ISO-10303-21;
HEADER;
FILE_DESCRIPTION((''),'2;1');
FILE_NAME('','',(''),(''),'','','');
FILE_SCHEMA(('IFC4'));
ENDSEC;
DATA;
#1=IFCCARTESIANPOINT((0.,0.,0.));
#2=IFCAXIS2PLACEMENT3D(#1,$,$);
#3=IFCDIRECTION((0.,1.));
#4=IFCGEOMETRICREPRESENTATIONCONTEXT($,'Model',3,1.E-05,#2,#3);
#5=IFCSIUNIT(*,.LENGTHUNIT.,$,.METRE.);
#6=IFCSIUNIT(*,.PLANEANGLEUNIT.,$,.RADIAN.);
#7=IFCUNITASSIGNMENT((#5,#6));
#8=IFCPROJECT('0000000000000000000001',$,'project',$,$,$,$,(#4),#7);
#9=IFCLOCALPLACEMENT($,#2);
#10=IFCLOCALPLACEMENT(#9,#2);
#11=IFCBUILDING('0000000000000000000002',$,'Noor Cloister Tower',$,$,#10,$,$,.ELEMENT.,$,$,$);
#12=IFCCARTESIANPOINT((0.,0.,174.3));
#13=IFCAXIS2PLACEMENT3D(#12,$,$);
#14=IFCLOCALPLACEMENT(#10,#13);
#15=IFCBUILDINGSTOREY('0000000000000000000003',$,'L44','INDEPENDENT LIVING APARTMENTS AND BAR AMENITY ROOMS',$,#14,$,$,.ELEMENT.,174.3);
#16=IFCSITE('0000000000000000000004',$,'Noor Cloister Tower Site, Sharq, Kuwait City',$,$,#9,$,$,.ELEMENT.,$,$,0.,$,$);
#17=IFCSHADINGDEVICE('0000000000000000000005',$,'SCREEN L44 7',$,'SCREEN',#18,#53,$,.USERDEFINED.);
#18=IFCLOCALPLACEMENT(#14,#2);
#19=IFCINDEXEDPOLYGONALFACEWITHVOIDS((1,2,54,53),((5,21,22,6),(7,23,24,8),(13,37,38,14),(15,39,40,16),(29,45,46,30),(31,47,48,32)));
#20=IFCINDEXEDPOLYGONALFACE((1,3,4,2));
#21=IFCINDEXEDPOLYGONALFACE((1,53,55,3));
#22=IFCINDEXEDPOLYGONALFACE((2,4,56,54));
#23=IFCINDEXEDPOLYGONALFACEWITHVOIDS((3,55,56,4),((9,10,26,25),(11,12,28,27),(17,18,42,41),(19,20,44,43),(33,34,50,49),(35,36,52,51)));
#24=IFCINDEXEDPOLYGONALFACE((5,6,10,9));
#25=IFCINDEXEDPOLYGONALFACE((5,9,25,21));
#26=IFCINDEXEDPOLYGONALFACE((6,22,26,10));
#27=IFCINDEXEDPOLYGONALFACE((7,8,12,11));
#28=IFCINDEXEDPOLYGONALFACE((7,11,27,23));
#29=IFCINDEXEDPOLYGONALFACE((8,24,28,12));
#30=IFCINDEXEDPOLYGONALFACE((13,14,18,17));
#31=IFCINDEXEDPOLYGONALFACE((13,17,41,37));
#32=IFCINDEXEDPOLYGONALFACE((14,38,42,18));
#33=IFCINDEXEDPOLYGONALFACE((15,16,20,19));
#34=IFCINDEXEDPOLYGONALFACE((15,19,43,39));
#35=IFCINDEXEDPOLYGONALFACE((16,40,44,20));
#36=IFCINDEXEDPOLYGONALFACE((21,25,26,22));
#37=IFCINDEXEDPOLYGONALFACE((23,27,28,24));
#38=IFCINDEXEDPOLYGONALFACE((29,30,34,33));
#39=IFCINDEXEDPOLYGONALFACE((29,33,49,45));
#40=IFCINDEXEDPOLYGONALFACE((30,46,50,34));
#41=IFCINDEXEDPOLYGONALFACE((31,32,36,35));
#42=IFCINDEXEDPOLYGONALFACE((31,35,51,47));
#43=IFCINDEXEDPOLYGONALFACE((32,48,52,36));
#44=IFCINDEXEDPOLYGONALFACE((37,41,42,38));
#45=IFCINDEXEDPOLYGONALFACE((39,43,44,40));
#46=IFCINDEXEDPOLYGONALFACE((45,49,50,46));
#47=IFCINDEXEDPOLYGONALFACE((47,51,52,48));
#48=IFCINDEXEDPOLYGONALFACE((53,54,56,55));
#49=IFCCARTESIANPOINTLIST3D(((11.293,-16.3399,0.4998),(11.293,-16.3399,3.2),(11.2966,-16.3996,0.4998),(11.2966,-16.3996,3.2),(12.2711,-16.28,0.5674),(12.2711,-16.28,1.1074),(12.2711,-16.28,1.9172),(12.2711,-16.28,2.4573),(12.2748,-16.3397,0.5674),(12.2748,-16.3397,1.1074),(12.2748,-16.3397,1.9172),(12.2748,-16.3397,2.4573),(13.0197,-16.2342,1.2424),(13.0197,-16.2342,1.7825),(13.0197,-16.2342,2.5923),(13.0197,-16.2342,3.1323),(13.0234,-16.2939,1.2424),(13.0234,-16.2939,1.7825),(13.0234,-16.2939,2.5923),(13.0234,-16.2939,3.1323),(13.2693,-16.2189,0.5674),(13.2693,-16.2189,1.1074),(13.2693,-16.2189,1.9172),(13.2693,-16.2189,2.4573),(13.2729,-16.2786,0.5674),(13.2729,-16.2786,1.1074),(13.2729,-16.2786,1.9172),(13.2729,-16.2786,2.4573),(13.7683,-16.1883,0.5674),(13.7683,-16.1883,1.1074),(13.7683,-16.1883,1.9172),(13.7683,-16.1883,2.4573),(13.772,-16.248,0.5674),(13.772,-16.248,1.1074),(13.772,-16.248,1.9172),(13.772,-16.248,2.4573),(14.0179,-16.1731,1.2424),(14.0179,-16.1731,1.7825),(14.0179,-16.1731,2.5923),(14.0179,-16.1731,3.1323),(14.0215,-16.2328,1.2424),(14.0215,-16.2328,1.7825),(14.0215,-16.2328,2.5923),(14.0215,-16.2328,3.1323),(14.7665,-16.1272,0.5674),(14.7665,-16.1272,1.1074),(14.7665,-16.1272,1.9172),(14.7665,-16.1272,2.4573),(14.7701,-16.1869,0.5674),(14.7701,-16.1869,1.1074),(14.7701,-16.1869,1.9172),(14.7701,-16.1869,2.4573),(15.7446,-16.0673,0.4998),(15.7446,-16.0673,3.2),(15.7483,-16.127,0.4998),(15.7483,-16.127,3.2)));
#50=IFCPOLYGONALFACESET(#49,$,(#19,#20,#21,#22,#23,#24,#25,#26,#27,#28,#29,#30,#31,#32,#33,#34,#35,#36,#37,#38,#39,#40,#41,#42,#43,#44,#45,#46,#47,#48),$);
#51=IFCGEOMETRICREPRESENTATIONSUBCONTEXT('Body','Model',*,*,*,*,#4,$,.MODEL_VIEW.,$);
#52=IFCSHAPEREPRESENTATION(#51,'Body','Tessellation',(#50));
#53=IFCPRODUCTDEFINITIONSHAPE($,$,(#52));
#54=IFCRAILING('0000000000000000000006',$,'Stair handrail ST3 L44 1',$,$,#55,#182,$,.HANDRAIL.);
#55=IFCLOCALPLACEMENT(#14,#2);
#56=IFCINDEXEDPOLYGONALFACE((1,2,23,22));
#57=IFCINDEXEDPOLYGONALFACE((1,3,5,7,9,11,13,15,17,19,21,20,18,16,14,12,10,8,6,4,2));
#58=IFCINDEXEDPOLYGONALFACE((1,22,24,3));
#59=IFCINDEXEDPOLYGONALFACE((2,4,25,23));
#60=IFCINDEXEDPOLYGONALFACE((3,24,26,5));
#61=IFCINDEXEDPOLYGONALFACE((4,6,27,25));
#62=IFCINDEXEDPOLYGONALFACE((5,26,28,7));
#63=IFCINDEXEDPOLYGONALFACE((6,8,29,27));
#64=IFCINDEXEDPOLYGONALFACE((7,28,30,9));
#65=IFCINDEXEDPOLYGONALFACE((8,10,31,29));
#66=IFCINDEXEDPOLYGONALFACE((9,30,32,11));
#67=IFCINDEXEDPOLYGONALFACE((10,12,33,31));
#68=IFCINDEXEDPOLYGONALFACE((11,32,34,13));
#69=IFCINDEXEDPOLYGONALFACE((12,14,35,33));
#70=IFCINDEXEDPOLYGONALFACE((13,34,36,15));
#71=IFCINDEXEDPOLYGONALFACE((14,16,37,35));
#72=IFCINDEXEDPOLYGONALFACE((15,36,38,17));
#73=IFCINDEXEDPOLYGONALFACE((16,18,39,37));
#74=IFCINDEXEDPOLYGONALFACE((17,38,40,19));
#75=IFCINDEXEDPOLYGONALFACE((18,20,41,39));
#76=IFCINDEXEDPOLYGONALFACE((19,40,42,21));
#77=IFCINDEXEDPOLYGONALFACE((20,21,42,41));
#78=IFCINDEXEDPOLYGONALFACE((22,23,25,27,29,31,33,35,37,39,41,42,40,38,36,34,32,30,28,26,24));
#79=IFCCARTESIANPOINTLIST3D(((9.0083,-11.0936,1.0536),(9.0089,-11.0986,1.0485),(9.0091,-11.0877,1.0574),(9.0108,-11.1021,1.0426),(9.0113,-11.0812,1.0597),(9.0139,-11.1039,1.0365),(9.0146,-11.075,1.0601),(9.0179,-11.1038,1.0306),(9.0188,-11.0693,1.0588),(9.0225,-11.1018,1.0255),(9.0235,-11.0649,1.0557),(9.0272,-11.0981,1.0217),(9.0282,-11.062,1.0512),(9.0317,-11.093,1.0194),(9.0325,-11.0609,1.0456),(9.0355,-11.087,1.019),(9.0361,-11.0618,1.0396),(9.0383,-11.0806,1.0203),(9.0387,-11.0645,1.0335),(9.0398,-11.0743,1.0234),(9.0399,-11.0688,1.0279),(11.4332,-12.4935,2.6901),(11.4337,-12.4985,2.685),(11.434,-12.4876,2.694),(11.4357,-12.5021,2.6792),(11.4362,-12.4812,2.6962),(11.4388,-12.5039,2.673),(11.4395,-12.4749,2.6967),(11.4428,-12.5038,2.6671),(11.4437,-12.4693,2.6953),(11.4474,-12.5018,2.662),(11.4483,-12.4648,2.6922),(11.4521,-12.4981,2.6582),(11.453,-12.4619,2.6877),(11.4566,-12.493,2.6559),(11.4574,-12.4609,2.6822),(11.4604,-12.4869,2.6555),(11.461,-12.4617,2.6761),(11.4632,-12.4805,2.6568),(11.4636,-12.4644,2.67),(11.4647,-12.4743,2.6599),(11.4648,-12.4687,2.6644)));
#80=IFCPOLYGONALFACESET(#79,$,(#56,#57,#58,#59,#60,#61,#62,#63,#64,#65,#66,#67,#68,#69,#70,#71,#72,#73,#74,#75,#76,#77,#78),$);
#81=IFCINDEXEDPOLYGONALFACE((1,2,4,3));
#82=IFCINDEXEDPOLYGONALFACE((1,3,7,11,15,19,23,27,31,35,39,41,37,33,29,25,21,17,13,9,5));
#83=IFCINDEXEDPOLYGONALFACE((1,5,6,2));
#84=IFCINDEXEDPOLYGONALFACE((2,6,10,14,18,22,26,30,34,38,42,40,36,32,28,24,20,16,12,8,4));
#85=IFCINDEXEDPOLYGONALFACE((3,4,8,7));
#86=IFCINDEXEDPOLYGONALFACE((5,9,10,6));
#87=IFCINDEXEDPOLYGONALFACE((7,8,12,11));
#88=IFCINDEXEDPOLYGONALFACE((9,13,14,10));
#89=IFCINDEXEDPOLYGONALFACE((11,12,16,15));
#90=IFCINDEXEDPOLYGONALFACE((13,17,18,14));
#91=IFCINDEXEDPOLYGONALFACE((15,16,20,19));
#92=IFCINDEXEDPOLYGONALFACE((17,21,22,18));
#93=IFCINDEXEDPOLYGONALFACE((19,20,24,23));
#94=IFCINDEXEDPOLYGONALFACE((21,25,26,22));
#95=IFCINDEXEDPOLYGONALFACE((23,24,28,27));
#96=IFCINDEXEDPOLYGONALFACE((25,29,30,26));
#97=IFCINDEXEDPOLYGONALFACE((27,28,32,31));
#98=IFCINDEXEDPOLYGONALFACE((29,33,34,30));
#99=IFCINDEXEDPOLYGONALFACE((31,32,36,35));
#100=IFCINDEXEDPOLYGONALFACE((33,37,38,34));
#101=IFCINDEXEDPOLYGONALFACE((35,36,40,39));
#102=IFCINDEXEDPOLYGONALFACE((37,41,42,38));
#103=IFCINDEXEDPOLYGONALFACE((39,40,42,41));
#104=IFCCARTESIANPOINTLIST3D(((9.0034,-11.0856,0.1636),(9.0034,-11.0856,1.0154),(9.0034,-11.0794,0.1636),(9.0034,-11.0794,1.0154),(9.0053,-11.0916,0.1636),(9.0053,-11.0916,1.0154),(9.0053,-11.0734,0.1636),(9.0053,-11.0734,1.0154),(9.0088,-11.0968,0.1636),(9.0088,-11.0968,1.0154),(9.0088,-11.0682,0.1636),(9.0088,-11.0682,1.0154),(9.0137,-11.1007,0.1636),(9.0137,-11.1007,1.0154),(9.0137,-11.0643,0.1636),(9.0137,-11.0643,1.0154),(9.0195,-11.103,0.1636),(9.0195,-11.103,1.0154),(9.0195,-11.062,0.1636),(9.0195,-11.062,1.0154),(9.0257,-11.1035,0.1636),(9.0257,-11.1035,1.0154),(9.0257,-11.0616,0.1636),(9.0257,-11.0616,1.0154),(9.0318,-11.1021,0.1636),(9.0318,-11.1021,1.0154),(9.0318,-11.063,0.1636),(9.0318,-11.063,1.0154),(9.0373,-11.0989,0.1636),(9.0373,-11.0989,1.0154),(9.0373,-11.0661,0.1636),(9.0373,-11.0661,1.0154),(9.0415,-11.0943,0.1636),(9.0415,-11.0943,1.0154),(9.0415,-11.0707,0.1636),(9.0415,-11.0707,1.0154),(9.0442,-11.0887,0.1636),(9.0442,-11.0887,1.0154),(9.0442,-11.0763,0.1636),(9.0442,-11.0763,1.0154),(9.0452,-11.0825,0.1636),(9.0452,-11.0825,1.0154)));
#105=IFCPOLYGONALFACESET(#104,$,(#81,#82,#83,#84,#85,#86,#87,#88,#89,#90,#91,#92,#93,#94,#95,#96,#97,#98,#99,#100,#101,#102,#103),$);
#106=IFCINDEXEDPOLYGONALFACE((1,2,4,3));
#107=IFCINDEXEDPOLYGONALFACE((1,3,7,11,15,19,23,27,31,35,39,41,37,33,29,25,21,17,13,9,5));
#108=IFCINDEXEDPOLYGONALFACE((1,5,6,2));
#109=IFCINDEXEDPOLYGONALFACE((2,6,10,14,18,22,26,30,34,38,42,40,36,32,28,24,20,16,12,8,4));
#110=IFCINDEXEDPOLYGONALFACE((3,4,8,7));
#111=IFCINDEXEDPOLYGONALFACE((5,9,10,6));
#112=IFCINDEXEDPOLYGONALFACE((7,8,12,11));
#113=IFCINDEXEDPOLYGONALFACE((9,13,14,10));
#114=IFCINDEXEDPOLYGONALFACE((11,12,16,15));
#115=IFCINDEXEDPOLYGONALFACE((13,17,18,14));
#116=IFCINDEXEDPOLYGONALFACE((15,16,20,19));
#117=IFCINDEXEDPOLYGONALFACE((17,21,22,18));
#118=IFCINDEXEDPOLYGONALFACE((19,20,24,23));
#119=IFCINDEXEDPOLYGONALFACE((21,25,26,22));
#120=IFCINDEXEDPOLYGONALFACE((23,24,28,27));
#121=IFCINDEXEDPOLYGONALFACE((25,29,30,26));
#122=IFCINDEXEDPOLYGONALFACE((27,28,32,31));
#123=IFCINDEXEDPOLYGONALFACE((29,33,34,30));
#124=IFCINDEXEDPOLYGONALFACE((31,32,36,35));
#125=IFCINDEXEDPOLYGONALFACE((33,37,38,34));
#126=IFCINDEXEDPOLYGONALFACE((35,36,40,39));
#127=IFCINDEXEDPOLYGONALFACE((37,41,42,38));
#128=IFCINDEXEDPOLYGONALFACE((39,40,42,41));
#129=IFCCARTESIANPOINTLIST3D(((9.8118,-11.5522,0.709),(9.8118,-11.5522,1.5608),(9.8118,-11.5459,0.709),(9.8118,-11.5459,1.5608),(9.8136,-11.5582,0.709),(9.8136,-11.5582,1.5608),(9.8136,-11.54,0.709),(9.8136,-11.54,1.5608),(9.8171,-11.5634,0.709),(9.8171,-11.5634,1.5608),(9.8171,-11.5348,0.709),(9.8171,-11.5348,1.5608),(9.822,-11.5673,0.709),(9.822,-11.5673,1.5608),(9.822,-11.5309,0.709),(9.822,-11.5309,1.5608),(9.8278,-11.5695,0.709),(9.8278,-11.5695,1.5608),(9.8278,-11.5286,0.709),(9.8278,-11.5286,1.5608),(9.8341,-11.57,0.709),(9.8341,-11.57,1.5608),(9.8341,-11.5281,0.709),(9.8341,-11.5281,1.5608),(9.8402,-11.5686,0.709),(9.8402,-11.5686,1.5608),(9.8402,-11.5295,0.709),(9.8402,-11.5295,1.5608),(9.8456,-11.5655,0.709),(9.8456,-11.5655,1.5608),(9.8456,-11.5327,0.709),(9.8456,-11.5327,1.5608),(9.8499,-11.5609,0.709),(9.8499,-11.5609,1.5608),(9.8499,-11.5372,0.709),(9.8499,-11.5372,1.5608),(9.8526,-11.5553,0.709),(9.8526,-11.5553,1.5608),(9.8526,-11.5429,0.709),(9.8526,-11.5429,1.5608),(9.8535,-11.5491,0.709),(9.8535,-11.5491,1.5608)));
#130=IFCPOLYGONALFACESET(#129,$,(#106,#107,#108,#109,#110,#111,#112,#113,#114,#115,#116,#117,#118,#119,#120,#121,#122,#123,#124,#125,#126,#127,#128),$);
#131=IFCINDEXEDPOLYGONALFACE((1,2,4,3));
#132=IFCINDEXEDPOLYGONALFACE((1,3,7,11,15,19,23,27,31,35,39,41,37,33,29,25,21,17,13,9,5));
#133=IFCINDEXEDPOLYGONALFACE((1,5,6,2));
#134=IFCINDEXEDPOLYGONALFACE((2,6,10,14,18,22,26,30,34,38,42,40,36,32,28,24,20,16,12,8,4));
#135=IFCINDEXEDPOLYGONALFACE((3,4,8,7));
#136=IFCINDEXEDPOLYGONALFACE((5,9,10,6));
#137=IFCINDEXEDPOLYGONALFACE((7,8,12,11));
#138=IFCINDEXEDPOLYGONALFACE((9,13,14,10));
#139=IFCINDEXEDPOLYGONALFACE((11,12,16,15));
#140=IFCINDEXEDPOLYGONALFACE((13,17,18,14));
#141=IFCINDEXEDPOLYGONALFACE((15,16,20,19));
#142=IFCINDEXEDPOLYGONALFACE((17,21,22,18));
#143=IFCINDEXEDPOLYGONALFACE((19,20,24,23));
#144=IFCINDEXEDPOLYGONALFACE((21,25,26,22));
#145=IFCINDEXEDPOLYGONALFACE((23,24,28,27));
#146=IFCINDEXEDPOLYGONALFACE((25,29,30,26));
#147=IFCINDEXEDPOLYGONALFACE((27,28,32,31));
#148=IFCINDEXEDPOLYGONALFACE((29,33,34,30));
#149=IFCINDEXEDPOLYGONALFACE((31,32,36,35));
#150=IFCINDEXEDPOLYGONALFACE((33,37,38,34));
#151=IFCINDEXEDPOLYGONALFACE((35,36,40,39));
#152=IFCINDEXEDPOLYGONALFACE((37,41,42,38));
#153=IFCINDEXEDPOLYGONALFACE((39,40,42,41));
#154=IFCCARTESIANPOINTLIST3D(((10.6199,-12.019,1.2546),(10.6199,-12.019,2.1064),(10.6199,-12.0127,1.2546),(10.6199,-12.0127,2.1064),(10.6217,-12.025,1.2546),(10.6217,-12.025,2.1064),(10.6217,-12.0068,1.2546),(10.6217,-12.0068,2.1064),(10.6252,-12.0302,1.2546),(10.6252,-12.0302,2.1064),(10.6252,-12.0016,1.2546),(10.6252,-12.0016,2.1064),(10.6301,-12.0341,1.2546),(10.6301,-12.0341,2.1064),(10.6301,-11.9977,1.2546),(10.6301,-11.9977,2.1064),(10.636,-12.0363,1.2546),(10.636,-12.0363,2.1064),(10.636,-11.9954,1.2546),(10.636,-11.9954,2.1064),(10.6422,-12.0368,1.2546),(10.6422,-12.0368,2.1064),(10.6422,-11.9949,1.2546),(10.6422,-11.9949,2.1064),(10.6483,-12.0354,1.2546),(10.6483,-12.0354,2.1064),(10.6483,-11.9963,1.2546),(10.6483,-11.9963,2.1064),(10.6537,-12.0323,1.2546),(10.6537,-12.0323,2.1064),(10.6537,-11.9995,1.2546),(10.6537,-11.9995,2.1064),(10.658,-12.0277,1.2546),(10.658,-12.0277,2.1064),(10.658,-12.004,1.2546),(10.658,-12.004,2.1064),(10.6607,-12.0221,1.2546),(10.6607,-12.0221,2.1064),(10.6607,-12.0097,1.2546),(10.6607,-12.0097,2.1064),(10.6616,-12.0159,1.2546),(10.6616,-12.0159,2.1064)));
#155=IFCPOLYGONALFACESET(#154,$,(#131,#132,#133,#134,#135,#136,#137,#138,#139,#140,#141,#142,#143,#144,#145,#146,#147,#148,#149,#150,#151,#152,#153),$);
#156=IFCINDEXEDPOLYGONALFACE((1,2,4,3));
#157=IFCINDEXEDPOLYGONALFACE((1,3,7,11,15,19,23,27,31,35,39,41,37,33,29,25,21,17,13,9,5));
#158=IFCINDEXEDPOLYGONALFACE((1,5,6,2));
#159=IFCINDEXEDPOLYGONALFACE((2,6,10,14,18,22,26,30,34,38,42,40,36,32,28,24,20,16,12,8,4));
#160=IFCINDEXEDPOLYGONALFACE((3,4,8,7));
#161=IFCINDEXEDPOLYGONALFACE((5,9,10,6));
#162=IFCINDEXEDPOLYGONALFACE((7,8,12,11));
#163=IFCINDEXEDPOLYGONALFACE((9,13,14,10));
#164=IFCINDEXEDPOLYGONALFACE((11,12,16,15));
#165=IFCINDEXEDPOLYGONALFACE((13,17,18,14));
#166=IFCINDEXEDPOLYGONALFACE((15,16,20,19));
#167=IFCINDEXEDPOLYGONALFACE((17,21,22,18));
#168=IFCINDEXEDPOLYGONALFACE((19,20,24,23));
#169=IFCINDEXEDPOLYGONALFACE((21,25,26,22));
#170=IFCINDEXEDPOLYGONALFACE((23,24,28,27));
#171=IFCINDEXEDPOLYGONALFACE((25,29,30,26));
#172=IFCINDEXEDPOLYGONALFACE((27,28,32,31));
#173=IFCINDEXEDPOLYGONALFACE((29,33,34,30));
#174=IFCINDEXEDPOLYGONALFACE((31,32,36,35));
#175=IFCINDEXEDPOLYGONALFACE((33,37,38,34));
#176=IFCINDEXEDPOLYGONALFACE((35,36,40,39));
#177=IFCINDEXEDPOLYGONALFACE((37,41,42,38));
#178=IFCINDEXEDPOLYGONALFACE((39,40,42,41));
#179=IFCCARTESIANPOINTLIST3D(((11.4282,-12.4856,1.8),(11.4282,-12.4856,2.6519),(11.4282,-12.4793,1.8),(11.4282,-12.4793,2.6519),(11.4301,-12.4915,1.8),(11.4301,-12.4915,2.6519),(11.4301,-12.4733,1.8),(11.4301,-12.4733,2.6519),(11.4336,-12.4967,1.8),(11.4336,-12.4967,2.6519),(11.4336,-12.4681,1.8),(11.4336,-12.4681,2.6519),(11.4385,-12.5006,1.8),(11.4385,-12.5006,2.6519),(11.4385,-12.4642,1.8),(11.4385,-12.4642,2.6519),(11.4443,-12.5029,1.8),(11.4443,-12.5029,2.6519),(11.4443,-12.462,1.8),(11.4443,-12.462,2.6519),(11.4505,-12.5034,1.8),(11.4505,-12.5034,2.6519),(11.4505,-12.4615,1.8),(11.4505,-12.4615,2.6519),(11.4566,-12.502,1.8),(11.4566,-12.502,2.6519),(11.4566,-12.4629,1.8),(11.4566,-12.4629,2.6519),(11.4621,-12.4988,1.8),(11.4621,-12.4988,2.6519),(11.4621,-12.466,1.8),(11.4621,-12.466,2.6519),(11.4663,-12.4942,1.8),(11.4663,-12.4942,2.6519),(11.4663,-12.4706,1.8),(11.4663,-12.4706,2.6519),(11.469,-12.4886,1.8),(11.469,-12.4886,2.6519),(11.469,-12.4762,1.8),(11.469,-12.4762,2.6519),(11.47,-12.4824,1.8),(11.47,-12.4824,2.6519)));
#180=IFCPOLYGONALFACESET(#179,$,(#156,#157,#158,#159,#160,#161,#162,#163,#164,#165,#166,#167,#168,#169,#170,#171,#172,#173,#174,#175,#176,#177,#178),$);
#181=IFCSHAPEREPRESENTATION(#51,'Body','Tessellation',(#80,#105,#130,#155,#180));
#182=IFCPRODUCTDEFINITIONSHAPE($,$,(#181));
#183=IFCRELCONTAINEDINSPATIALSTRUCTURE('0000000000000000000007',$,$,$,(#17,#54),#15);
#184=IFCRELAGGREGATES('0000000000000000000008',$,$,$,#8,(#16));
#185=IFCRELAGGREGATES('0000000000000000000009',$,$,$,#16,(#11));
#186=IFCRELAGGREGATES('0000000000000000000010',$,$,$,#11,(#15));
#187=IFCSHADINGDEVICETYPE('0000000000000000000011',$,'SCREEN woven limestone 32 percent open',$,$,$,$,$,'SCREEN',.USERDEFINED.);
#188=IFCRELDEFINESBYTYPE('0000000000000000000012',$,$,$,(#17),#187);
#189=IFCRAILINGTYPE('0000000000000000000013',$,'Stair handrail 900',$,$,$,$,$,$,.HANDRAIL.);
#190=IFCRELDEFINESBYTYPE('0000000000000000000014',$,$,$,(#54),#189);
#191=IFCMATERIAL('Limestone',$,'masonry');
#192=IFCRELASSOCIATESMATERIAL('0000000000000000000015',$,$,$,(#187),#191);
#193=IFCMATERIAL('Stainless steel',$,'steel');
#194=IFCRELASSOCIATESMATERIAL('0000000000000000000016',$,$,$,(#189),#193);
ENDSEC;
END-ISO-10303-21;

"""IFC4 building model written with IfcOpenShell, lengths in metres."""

from ifc_helpers import new_model, si_unit, direction, frame, origin, origin_2d, place, context, subcontext, project, spatial, polyline, circle, outline, extrude, material, material_profile, profile_set, type_object, element, save


model = new_model("IFC4")

# Units and contexts
model_context = context("Model", 3, precision=1e-05, world=origin(), true_north=direction((0.0, 1.0)))
body_context = subcontext(model_context, "Body", "Model", "MODEL_VIEW")
ifc_project = project(units=[si_unit("LENGTHUNIT", "METRE"), si_unit("PLANEANGLEUNIT", "RADIAN")], contexts=[model_context])

# Site, building, storey
site_placement = place(None, origin())
site = spatial("IfcSite", under=ifc_project, at=site_placement, Name="Noor Cloister Tower Site, Sharq, Kuwait City", CompositionType="ELEMENT", RefElevation=0.0)
building_placement = place(site_placement, origin())
building = spatial("IfcBuilding", under=site, at=building_placement, Name="Noor Cloister Tower", CompositionType="ELEMENT")
storey_placement = place(building_placement, frame((0.0, 0.0, 174.3)))
storey = spatial("IfcBuildingStorey", under=building, at=storey_placement, Name="L44", Description="INDEPENDENT LIVING APARTMENTS AND BAR AMENITY ROOMS", CompositionType="ELEMENT", Elevation=174.3)

# Shading device
ifc_material_1 = material(Name="Limestone", Category="masonry")
ifc_material_profile_1 = material_profile(ifc_material_1, outline(polyline([(-2.23, -1.3501), (2.23, -1.3501), (2.23, 1.3501), (-2.23, 1.3501), (-2.23, -1.3501)]), holes=[polyline([(-1.25, -1.2825), (-0.25, -1.2825), (-0.25, -0.7424), (-1.25, -0.7424), (-1.25, -1.2825)]), polyline([(0.25, -1.2825), (1.25, -1.2825), (1.25, -0.7424), (0.25, -0.7424), (0.25, -1.2825)]), polyline([(-0.5, -0.6074), (0.5, -0.6074), (0.5, -0.0674), (-0.5, -0.0674), (-0.5, -0.6074)]), polyline([(-1.25, 0.0674), (-0.25, 0.0674), (-0.25, 0.6074), (-1.25, 0.6074), (-1.25, 0.0674)]), polyline([(0.25, 0.0674), (1.25, 0.0674), (1.25, 0.6074), (0.25, 0.6074), (0.25, 0.0674)]), polyline([(-0.5, 0.7424), (0.5, 0.7424), (0.5, 1.2825), (-0.5, 1.2825), (-0.5, 0.7424)])]), Name="Woven screen 32 percent open")
ifc_profile_set_1 = profile_set([ifc_material_profile_1], Name="Limestone")
shading_device_type = type_object("IfcShadingDeviceType", Name="SCREEN woven limestone 32 percent open", ElementType="SCREEN", PredefinedType="USERDEFINED", material=ifc_profile_set_1)
for number, where, z_axis, x_axis, name in (
    (1, (13.5188, -16.2036, 1.8499), (0.06111, -0.998131, 0.0), (0.998131, 0.06111, 0.0), "SCREEN L44 7"),
):
    element("IfcShadingDevice", number, at=place(storey_placement, frame(where, z_axis=z_axis, x_axis=x_axis)), inside=storey, type_object=shading_device_type, Name=name, ObjectType="SCREEN", PredefinedType="USERDEFINED", context=body_context, shape_type="SweptSolid", body=[
        extrude(outline(polyline([(-2.23, -1.3501), (2.23, -1.3501), (2.23, 1.3501), (-2.23, 1.3501), (-2.23, -1.3501)]), holes=[polyline([(-1.25, -1.2825), (-0.25, -1.2825), (-0.25, -0.7424), (-1.25, -0.7424), (-1.25, -1.2825)]), polyline([(0.25, -1.2825), (1.25, -1.2825), (1.25, -0.7424), (0.25, -0.7424), (0.25, -1.2825)]), polyline([(-0.5, -0.6074), (0.5, -0.6074), (0.5, -0.0674), (-0.5, -0.0674), (-0.5, -0.6074)]), polyline([(-1.25, 0.0674), (-0.25, 0.0674), (-0.25, 0.6074), (-1.25, 0.6074), (-1.25, 0.0674)]), polyline([(0.25, 0.0674), (1.25, 0.0674), (1.25, 0.6074), (0.25, 0.6074), (0.25, 0.0674)]), polyline([(-0.5, 0.7424), (0.5, 0.7424), (0.5, 1.2825), (-0.5, 1.2825), (-0.5, 0.7424)])]), origin(), (0.0, 0.0, 1.0), 0.0598),
    ])

# Railing
ifc_material_2 = material(Name="Stainless steel", Category="steel")
railing_type = type_object("IfcRailingType", Name="Stair handrail 900", PredefinedType="HANDRAIL", material=ifc_material_2)
railing_placement = place(storey_placement, frame((9.0242, -11.0825, 0.1636)))
element("IfcRailing", 2, at=railing_placement, inside=storey, type_object=railing_type, Name="Stair handrail ST3 L44 1", PredefinedType="HANDRAIL", context=body_context, shape_type="SweptSolid", body=[
    extrude(circle(Radius=0.0239, at=origin_2d()), frame((0.0, 0.0, 0.876), z_axis=(0.74769, -0.431661, 0.504608), x_axis=(0.499984, 0.866035, 0.0)), (0.0, 0.0, 1.0), 3.2432),
    extrude(circle(Radius=0.021, at=origin_2d()), origin(), (0.0, 0.0, 1.0), 0.8518),
    extrude(circle(Radius=0.021, at=origin_2d()), frame((0.8083, -0.4666, 0.5454)), (0.0, 0.0, 1.0), 0.8518),
    extrude(circle(Radius=0.021, at=origin_2d()), frame((1.6165, -0.9333, 1.0911)), (0.0, 0.0, 1.0), 0.8518),
    extrude(circle(Radius=0.021, at=origin_2d()), frame((2.4248, -1.3999, 1.6365)), (0.0, 0.0, 1.0), 0.8518),
])

save(model, "model.ifc")
